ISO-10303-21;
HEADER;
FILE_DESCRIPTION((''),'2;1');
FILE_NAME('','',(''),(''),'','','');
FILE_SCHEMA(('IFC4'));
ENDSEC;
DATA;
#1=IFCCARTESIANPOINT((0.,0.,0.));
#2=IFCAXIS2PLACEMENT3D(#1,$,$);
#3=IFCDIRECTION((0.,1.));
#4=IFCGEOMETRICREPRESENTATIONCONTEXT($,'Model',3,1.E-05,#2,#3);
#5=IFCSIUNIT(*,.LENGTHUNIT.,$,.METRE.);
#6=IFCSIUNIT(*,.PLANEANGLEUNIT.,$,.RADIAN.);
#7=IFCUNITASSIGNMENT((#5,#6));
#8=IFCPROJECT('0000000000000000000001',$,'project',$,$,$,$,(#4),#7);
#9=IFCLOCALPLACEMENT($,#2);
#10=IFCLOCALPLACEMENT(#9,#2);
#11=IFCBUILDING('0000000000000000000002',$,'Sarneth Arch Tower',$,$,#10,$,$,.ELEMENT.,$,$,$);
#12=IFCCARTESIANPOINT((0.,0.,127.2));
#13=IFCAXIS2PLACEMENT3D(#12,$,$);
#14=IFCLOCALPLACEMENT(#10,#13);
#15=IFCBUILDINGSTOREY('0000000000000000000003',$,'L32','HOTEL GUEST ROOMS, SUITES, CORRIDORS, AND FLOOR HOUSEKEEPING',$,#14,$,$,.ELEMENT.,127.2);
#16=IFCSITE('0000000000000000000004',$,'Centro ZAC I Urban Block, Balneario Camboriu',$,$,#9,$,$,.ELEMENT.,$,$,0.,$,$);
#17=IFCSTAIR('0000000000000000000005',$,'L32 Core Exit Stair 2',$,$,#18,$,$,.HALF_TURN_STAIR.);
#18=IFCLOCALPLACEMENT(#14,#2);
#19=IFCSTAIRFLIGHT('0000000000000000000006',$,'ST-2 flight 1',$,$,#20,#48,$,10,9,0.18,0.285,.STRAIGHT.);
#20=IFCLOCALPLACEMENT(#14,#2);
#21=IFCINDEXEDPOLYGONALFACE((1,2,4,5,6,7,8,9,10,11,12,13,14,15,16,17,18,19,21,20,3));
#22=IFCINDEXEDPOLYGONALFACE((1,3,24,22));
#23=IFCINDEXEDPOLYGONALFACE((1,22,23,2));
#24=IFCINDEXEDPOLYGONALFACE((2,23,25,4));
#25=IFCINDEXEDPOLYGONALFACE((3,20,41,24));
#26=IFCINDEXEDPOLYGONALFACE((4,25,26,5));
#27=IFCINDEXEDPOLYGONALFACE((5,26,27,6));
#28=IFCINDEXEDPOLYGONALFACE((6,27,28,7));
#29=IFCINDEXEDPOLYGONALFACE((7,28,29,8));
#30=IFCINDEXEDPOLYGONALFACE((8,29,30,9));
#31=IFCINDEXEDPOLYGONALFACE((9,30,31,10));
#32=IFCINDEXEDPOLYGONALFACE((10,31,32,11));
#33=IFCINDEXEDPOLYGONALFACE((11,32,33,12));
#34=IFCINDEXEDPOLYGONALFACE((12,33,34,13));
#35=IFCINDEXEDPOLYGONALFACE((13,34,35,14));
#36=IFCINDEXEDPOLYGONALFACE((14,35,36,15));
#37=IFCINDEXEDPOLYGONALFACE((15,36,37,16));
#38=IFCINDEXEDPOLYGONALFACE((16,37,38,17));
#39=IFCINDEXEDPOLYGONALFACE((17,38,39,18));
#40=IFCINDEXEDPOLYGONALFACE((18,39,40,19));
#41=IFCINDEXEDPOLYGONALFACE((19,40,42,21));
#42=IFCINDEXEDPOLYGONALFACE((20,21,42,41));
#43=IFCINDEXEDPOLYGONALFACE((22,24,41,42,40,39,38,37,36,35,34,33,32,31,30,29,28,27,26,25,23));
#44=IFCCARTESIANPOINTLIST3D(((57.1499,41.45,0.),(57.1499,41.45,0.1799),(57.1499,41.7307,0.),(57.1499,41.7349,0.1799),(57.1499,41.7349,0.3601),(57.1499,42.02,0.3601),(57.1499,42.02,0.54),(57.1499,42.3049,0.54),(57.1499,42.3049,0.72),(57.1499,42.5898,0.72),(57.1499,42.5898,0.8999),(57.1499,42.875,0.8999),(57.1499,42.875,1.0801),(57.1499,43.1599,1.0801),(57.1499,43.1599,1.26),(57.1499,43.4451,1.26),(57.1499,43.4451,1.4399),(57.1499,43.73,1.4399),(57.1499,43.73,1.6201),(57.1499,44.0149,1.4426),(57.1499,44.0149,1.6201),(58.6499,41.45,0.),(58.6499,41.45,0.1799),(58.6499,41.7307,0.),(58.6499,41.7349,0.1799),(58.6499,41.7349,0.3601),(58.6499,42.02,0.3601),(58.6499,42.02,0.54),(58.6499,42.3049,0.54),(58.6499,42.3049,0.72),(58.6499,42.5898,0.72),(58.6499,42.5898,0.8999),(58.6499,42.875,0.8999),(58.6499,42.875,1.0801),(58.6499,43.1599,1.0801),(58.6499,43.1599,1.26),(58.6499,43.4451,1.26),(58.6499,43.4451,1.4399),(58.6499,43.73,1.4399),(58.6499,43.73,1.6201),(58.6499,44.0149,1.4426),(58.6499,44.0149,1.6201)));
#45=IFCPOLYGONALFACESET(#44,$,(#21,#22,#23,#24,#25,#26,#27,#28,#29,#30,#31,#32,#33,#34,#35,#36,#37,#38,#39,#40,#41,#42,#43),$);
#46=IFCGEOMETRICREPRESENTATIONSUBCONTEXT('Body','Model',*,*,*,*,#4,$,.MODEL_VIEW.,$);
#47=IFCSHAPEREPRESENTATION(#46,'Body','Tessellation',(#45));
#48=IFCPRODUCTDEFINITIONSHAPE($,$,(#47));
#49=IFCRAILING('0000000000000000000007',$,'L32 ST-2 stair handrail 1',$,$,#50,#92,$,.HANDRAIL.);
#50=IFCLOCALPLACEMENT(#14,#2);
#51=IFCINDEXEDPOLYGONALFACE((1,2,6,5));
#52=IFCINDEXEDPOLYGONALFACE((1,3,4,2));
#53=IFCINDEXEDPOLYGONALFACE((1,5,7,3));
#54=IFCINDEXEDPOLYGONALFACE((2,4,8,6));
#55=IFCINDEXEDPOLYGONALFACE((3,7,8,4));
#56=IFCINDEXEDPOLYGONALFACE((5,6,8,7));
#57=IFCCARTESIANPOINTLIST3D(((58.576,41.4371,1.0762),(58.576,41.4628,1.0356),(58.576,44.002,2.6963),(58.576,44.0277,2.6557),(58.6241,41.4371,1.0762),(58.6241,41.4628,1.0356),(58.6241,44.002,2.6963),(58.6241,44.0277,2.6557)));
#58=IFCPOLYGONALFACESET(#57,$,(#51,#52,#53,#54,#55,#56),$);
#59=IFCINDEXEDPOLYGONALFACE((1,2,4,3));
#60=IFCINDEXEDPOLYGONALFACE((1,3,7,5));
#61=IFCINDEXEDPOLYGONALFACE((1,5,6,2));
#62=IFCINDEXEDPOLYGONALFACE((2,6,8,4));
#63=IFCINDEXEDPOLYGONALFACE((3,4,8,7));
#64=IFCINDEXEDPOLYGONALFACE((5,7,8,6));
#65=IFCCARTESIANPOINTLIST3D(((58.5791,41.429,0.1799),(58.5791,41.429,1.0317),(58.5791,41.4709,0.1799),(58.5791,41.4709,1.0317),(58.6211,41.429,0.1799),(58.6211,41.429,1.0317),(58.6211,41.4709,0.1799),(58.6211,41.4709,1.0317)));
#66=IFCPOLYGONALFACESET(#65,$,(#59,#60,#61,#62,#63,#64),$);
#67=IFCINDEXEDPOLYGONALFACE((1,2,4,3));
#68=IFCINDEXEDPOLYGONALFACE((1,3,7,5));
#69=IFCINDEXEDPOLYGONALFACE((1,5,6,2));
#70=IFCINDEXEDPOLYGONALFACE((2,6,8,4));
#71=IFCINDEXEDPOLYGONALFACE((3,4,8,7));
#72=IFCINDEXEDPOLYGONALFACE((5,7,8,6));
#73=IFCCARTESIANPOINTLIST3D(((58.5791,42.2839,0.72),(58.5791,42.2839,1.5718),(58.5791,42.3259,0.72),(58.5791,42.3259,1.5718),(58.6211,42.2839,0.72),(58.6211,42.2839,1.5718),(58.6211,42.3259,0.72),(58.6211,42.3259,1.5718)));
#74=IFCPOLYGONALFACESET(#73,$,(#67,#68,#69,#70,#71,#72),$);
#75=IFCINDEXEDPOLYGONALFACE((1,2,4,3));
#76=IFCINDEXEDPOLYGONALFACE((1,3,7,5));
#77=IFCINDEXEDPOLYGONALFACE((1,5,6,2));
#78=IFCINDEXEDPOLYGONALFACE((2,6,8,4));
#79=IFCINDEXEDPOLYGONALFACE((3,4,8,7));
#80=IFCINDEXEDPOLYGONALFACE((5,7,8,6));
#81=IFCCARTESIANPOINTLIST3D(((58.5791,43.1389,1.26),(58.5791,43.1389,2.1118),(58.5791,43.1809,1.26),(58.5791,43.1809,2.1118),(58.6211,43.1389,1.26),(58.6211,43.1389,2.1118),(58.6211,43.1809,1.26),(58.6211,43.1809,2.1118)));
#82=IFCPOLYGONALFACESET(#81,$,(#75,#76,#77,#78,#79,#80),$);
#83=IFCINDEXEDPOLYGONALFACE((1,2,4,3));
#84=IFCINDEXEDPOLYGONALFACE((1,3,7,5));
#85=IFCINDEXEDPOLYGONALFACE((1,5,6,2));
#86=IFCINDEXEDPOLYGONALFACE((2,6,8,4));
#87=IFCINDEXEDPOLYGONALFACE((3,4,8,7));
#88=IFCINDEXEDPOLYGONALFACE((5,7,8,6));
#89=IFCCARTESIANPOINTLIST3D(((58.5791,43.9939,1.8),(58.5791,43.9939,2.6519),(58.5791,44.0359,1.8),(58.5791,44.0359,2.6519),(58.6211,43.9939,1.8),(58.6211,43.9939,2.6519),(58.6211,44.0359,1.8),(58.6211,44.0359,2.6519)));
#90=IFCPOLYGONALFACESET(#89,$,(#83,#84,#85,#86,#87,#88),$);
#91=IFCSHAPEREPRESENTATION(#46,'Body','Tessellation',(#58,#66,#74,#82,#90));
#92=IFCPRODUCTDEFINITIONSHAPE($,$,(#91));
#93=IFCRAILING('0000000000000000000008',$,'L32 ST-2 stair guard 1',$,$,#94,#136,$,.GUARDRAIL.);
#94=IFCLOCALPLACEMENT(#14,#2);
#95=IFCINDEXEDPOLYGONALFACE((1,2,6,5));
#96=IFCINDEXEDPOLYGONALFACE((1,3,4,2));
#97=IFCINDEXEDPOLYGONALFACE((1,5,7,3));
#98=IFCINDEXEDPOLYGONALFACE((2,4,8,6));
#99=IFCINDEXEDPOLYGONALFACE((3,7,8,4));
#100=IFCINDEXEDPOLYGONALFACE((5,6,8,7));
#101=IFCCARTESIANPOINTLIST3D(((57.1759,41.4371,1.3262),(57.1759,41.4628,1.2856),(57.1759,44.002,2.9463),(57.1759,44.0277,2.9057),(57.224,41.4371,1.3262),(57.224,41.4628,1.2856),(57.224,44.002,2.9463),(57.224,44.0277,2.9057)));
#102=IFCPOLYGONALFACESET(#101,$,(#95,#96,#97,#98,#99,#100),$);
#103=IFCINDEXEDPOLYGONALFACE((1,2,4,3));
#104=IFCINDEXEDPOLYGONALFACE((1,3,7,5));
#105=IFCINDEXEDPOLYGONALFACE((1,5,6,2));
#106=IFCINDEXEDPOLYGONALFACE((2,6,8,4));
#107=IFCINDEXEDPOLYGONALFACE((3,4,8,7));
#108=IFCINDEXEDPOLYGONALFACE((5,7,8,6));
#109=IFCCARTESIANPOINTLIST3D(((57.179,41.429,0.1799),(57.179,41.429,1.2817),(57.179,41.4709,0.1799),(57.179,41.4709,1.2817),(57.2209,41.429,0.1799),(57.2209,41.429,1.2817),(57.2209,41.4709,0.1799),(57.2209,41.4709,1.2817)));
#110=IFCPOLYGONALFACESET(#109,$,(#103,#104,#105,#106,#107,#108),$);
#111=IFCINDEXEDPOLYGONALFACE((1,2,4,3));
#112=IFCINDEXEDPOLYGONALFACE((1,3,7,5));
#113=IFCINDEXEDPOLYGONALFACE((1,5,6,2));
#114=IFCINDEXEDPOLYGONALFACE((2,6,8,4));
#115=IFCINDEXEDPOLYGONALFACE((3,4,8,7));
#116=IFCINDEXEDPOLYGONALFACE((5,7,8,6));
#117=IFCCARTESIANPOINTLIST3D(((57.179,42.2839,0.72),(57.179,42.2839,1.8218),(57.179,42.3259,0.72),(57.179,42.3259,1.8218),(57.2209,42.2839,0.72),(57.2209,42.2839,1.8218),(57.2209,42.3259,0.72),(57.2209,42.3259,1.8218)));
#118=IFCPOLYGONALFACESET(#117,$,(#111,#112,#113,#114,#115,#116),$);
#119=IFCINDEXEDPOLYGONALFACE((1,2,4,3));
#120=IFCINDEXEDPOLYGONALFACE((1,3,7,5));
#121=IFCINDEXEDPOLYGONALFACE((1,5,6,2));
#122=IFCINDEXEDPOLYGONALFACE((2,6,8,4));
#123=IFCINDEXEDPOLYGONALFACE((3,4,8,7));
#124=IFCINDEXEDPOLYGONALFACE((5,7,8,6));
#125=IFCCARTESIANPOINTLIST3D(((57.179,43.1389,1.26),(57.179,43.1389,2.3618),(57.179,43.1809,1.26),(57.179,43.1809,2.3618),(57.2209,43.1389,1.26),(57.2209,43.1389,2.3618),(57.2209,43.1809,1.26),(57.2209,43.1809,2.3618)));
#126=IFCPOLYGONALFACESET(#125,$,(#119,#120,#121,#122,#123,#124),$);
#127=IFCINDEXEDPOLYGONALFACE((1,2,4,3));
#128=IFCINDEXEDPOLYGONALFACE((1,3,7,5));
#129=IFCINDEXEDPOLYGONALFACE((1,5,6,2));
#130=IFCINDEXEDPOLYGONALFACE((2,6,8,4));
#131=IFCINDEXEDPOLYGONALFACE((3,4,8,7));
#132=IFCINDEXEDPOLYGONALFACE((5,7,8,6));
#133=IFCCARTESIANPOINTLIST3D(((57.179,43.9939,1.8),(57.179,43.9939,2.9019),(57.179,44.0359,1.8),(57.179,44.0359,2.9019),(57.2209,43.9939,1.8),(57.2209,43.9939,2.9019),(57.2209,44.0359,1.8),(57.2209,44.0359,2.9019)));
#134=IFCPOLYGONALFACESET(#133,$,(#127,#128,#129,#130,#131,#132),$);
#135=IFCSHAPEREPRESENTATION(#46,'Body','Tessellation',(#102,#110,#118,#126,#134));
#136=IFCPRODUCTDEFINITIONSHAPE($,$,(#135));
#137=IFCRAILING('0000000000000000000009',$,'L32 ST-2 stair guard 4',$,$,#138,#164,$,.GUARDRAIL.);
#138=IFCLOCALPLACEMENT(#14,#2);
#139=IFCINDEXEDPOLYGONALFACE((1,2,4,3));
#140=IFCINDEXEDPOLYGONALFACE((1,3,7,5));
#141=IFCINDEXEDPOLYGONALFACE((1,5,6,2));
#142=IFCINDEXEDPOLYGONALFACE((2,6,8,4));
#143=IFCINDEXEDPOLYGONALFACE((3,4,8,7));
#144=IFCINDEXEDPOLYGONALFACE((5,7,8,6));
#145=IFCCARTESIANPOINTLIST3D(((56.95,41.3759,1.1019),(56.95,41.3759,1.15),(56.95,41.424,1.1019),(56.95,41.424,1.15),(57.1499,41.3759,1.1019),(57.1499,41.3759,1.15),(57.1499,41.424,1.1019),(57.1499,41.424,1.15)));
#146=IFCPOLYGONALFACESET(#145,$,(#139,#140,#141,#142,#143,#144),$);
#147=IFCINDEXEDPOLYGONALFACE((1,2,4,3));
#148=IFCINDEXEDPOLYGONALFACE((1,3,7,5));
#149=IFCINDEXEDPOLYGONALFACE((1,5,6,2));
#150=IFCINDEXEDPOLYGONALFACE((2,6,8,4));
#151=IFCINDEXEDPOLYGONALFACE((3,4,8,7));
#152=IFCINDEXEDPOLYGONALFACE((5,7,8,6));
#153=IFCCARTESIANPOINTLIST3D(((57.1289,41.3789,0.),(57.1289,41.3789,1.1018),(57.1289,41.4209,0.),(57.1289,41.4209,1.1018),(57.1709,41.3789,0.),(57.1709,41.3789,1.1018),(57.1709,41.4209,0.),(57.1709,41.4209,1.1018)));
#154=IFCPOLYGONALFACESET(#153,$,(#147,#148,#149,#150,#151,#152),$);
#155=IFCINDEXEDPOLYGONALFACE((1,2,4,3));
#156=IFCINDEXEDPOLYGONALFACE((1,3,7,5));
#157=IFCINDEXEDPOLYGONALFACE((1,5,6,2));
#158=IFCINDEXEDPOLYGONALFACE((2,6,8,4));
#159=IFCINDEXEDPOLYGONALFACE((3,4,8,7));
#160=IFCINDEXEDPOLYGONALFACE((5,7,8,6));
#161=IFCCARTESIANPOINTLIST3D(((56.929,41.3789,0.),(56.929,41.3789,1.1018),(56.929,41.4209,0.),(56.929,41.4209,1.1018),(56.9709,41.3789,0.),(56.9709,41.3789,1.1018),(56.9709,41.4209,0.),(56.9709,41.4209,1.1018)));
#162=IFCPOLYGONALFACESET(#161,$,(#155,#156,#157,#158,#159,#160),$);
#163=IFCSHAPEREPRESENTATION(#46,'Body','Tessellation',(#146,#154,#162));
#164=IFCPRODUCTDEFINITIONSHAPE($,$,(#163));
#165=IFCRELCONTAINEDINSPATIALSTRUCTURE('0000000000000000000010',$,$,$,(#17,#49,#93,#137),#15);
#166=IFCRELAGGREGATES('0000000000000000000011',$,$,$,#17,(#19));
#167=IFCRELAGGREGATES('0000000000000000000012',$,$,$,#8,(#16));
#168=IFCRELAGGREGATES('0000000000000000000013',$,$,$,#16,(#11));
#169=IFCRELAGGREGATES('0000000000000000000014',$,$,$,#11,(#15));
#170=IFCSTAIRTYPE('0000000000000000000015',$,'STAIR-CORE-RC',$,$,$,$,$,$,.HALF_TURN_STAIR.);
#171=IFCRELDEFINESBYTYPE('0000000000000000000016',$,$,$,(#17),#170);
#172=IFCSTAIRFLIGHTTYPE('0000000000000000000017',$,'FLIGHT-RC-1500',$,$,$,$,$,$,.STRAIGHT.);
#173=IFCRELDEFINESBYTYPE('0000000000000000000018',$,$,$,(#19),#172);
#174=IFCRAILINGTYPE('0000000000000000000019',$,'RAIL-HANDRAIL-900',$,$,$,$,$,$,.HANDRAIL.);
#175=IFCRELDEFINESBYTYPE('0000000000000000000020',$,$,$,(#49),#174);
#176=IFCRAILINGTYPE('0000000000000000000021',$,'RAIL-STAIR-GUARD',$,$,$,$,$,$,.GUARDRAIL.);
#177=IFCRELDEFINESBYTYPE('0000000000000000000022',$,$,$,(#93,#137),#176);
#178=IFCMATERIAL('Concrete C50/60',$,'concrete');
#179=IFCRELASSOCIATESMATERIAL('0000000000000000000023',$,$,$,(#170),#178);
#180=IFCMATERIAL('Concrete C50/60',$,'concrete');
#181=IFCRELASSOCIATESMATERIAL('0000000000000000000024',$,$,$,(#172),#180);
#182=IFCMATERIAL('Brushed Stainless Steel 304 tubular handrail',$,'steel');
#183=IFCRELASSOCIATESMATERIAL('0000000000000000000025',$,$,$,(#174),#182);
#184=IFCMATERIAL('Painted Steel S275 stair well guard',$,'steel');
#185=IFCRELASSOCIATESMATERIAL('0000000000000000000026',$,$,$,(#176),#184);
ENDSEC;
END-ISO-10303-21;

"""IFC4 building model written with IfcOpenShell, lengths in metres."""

from ifc_helpers import new_model, si_unit, direction, frame, origin, origin_2d, place, context, subcontext, project, spatial, polyline, rectangle, outline, extrude, material, type_object, element, aggregate, save


model = new_model("IFC4")

# Units and contexts
model_context = context("Model", 3, precision=1e-05, world=origin(), true_north=direction((0.0, 1.0)))
body_context = subcontext(model_context, "Body", "Model", "MODEL_VIEW")
ifc_project = project(units=[si_unit("LENGTHUNIT", "METRE"), si_unit("PLANEANGLEUNIT", "RADIAN")], contexts=[model_context])

# Site, building, storey
site_placement = place(None, origin())
site = spatial("IfcSite", under=ifc_project, at=site_placement, Name="Centro ZAC I Urban Block, Balneario Camboriu", CompositionType="ELEMENT", RefElevation=0.0)
building_placement = place(site_placement, origin())
building = spatial("IfcBuilding", under=site, at=building_placement, Name="Sarneth Arch Tower", CompositionType="ELEMENT")
storey_placement = place(building_placement, frame((0.0, 0.0, 127.2)))
storey = spatial("IfcBuildingStorey", under=building, at=storey_placement, Name="L32", Description="HOTEL GUEST ROOMS, SUITES, CORRIDORS, AND FLOOR HOUSEKEEPING", CompositionType="ELEMENT", Elevation=127.2)

# Stair, stair flight
ifc_material_1 = material(Name="Concrete C50/60", Category="concrete")
stair_type = type_object("IfcStairType", Name="STAIR-CORE-RC", PredefinedType="HALF_TURN_STAIR", material=ifc_material_1)
stair_placement = place(storey_placement, origin())
stair = element("IfcStair", 1, at=stair_placement, inside=storey, type_object=stair_type, Name="L32 Core Exit Stair 2", PredefinedType="HALF_TURN_STAIR")
ifc_material_2 = material(Name="Concrete C50/60", Category="concrete")
stair_flight_type = type_object("IfcStairFlightType", Name="FLIGHT-RC-1500", PredefinedType="STRAIGHT", material=ifc_material_2)
stair_flight_placement = place(storey_placement, frame((57.8999, 41.45, 0.0), z_axis=(0.0, 0.0, 1.0), x_axis=(0.0, 1.0, 0.0)))
stair_flight = element("IfcStairFlight", 2, at=stair_flight_placement, type_object=stair_flight_type, Name="ST-2 flight 1", NumberOfRisers=10, NumberOfTreads=9, PredefinedType="STRAIGHT", RiserHeight=0.18, TreadLength=0.285, context=body_context, shape_type="SweptSolid", body=[
    extrude(outline(polyline([(0.0, 0.0), (0.0, 0.1799), (0.2849, 0.1799), (0.2849, 0.3601), (0.5701, 0.3601), (0.5701, 0.54), (0.855, 0.54), (0.855, 0.72), (1.1399, 0.72), (1.1399, 0.8999), (1.425, 0.8999), (1.425, 1.0801), (1.71, 1.0801), (1.71, 1.26), (1.9951, 1.26), (1.9951, 1.4399), (2.28, 1.4399), (2.28, 1.6201), (2.5649, 1.6201), (2.5649, 1.8), (2.5649, 1.4426), (0.2808, 0.0), (0.0, 0.0)])), frame((0.0, 0.75, 0.0), z_axis=(0.0, -1.0, 0.0), x_axis=(1.0, 0.0, 0.0)), (0.0, 0.0, 1.0), 1.5),
])
aggregate(stair, [stair_flight])

# Railings
ifc_material_3 = material(Name="Brushed Stainless Steel 304 tubular handrail", Category="steel")
railing_type_1 = type_object("IfcRailingType", Name="RAIL-HANDRAIL-900", PredefinedType="HANDRAIL", material=ifc_material_3)
railing_1_placement = place(storey_placement, frame((58.6001, 41.45, 0.1799)))
element("IfcRailing", 3, at=railing_1_placement, inside=storey, type_object=railing_type_1, Name="L32 ST-2 stair handrail 1", PredefinedType="HANDRAIL", context=body_context, shape_type="SweptSolid", body=[
    extrude(rectangle(XDim=0.0481, YDim=0.0481, at=origin_2d()), frame((0.0, 0.0, 0.876), z_axis=(0.0, 0.845466, 0.534029), x_axis=(-1.0, 0.0, 0.0)), (0.0, 0.0, 1.0), 3.0337),
    extrude(rectangle(XDim=0.042, YDim=0.042, at=origin_2d()), origin(), (0.0, 0.0, 1.0), 0.8518),
    extrude(rectangle(XDim=0.042, YDim=0.042, at=origin_2d()), frame((0.0, 0.855, 0.54)), (0.0, 0.0, 1.0), 0.8518),
    extrude(rectangle(XDim=0.042, YDim=0.042, at=origin_2d()), frame((0.0, 1.71, 1.0801)), (0.0, 0.0, 1.0), 0.8518),
    extrude(rectangle(XDim=0.042, YDim=0.042, at=origin_2d()), frame((0.0, 2.5649, 1.6201)), (0.0, 0.0, 1.0), 0.8518),
])
ifc_material_4 = material(Name="Painted Steel S275 stair well guard", Category="steel")
railing_type_2 = type_object("IfcRailingType", Name="RAIL-STAIR-GUARD", PredefinedType="GUARDRAIL", material=ifc_material_4)
railing_2_placement = place(storey_placement, frame((57.2, 41.45, 0.1799)))
element("IfcRailing", 4, at=railing_2_placement, inside=storey, type_object=railing_type_2, Name="L32 ST-2 stair guard 1", PredefinedType="GUARDRAIL", context=body_context, shape_type="SweptSolid", body=[
    extrude(rectangle(XDim=0.0481, YDim=0.0481, at=origin_2d()), frame((0.0, 0.0, 1.126), z_axis=(0.0, 0.845466, 0.534029), x_axis=(-1.0, 0.0, 0.0)), (0.0, 0.0, 1.0), 3.0337),
    extrude(rectangle(XDim=0.042, YDim=0.042, at=origin_2d()), origin(), (0.0, 0.0, 1.0), 1.1018),
    extrude(rectangle(XDim=0.042, YDim=0.042, at=origin_2d()), frame((0.0, 0.855, 0.54)), (0.0, 0.0, 1.0), 1.1018),
    extrude(rectangle(XDim=0.042, YDim=0.042, at=origin_2d()), frame((0.0, 1.71, 1.0801)), (0.0, 0.0, 1.0), 1.1018),
    extrude(rectangle(XDim=0.042, YDim=0.042, at=origin_2d()), frame((0.0, 2.5649, 1.6201)), (0.0, 0.0, 1.0), 1.1018),
])
railing_3_placement = place(storey_placement, frame((57.1499, 41.3999, 0.0)))
element("IfcRailing", 5, at=railing_3_placement, inside=storey, type_object=railing_type_2, Name="L32 ST-2 stair guard 4", PredefinedType="GUARDRAIL", context=body_context, shape_type="SweptSolid", body=[
    extrude(rectangle(XDim=0.0481, YDim=0.0481, at=origin_2d()), frame((0.0, 0.0, 1.126), z_axis=(-1.0, 0.0, 0.0), x_axis=(0.0, -1.0, 0.0)), (0.0, 0.0, 1.0), 0.2),
    extrude(rectangle(XDim=0.042, YDim=0.042, at=origin_2d()), origin(), (0.0, 0.0, 1.0), 1.1018),
    extrude(rectangle(XDim=0.042, YDim=0.042, at=origin_2d()), frame((-0.2, 0.0, 0.0)), (0.0, 0.0, 1.0), 1.1018),
])

save(model, "model.ifc")
